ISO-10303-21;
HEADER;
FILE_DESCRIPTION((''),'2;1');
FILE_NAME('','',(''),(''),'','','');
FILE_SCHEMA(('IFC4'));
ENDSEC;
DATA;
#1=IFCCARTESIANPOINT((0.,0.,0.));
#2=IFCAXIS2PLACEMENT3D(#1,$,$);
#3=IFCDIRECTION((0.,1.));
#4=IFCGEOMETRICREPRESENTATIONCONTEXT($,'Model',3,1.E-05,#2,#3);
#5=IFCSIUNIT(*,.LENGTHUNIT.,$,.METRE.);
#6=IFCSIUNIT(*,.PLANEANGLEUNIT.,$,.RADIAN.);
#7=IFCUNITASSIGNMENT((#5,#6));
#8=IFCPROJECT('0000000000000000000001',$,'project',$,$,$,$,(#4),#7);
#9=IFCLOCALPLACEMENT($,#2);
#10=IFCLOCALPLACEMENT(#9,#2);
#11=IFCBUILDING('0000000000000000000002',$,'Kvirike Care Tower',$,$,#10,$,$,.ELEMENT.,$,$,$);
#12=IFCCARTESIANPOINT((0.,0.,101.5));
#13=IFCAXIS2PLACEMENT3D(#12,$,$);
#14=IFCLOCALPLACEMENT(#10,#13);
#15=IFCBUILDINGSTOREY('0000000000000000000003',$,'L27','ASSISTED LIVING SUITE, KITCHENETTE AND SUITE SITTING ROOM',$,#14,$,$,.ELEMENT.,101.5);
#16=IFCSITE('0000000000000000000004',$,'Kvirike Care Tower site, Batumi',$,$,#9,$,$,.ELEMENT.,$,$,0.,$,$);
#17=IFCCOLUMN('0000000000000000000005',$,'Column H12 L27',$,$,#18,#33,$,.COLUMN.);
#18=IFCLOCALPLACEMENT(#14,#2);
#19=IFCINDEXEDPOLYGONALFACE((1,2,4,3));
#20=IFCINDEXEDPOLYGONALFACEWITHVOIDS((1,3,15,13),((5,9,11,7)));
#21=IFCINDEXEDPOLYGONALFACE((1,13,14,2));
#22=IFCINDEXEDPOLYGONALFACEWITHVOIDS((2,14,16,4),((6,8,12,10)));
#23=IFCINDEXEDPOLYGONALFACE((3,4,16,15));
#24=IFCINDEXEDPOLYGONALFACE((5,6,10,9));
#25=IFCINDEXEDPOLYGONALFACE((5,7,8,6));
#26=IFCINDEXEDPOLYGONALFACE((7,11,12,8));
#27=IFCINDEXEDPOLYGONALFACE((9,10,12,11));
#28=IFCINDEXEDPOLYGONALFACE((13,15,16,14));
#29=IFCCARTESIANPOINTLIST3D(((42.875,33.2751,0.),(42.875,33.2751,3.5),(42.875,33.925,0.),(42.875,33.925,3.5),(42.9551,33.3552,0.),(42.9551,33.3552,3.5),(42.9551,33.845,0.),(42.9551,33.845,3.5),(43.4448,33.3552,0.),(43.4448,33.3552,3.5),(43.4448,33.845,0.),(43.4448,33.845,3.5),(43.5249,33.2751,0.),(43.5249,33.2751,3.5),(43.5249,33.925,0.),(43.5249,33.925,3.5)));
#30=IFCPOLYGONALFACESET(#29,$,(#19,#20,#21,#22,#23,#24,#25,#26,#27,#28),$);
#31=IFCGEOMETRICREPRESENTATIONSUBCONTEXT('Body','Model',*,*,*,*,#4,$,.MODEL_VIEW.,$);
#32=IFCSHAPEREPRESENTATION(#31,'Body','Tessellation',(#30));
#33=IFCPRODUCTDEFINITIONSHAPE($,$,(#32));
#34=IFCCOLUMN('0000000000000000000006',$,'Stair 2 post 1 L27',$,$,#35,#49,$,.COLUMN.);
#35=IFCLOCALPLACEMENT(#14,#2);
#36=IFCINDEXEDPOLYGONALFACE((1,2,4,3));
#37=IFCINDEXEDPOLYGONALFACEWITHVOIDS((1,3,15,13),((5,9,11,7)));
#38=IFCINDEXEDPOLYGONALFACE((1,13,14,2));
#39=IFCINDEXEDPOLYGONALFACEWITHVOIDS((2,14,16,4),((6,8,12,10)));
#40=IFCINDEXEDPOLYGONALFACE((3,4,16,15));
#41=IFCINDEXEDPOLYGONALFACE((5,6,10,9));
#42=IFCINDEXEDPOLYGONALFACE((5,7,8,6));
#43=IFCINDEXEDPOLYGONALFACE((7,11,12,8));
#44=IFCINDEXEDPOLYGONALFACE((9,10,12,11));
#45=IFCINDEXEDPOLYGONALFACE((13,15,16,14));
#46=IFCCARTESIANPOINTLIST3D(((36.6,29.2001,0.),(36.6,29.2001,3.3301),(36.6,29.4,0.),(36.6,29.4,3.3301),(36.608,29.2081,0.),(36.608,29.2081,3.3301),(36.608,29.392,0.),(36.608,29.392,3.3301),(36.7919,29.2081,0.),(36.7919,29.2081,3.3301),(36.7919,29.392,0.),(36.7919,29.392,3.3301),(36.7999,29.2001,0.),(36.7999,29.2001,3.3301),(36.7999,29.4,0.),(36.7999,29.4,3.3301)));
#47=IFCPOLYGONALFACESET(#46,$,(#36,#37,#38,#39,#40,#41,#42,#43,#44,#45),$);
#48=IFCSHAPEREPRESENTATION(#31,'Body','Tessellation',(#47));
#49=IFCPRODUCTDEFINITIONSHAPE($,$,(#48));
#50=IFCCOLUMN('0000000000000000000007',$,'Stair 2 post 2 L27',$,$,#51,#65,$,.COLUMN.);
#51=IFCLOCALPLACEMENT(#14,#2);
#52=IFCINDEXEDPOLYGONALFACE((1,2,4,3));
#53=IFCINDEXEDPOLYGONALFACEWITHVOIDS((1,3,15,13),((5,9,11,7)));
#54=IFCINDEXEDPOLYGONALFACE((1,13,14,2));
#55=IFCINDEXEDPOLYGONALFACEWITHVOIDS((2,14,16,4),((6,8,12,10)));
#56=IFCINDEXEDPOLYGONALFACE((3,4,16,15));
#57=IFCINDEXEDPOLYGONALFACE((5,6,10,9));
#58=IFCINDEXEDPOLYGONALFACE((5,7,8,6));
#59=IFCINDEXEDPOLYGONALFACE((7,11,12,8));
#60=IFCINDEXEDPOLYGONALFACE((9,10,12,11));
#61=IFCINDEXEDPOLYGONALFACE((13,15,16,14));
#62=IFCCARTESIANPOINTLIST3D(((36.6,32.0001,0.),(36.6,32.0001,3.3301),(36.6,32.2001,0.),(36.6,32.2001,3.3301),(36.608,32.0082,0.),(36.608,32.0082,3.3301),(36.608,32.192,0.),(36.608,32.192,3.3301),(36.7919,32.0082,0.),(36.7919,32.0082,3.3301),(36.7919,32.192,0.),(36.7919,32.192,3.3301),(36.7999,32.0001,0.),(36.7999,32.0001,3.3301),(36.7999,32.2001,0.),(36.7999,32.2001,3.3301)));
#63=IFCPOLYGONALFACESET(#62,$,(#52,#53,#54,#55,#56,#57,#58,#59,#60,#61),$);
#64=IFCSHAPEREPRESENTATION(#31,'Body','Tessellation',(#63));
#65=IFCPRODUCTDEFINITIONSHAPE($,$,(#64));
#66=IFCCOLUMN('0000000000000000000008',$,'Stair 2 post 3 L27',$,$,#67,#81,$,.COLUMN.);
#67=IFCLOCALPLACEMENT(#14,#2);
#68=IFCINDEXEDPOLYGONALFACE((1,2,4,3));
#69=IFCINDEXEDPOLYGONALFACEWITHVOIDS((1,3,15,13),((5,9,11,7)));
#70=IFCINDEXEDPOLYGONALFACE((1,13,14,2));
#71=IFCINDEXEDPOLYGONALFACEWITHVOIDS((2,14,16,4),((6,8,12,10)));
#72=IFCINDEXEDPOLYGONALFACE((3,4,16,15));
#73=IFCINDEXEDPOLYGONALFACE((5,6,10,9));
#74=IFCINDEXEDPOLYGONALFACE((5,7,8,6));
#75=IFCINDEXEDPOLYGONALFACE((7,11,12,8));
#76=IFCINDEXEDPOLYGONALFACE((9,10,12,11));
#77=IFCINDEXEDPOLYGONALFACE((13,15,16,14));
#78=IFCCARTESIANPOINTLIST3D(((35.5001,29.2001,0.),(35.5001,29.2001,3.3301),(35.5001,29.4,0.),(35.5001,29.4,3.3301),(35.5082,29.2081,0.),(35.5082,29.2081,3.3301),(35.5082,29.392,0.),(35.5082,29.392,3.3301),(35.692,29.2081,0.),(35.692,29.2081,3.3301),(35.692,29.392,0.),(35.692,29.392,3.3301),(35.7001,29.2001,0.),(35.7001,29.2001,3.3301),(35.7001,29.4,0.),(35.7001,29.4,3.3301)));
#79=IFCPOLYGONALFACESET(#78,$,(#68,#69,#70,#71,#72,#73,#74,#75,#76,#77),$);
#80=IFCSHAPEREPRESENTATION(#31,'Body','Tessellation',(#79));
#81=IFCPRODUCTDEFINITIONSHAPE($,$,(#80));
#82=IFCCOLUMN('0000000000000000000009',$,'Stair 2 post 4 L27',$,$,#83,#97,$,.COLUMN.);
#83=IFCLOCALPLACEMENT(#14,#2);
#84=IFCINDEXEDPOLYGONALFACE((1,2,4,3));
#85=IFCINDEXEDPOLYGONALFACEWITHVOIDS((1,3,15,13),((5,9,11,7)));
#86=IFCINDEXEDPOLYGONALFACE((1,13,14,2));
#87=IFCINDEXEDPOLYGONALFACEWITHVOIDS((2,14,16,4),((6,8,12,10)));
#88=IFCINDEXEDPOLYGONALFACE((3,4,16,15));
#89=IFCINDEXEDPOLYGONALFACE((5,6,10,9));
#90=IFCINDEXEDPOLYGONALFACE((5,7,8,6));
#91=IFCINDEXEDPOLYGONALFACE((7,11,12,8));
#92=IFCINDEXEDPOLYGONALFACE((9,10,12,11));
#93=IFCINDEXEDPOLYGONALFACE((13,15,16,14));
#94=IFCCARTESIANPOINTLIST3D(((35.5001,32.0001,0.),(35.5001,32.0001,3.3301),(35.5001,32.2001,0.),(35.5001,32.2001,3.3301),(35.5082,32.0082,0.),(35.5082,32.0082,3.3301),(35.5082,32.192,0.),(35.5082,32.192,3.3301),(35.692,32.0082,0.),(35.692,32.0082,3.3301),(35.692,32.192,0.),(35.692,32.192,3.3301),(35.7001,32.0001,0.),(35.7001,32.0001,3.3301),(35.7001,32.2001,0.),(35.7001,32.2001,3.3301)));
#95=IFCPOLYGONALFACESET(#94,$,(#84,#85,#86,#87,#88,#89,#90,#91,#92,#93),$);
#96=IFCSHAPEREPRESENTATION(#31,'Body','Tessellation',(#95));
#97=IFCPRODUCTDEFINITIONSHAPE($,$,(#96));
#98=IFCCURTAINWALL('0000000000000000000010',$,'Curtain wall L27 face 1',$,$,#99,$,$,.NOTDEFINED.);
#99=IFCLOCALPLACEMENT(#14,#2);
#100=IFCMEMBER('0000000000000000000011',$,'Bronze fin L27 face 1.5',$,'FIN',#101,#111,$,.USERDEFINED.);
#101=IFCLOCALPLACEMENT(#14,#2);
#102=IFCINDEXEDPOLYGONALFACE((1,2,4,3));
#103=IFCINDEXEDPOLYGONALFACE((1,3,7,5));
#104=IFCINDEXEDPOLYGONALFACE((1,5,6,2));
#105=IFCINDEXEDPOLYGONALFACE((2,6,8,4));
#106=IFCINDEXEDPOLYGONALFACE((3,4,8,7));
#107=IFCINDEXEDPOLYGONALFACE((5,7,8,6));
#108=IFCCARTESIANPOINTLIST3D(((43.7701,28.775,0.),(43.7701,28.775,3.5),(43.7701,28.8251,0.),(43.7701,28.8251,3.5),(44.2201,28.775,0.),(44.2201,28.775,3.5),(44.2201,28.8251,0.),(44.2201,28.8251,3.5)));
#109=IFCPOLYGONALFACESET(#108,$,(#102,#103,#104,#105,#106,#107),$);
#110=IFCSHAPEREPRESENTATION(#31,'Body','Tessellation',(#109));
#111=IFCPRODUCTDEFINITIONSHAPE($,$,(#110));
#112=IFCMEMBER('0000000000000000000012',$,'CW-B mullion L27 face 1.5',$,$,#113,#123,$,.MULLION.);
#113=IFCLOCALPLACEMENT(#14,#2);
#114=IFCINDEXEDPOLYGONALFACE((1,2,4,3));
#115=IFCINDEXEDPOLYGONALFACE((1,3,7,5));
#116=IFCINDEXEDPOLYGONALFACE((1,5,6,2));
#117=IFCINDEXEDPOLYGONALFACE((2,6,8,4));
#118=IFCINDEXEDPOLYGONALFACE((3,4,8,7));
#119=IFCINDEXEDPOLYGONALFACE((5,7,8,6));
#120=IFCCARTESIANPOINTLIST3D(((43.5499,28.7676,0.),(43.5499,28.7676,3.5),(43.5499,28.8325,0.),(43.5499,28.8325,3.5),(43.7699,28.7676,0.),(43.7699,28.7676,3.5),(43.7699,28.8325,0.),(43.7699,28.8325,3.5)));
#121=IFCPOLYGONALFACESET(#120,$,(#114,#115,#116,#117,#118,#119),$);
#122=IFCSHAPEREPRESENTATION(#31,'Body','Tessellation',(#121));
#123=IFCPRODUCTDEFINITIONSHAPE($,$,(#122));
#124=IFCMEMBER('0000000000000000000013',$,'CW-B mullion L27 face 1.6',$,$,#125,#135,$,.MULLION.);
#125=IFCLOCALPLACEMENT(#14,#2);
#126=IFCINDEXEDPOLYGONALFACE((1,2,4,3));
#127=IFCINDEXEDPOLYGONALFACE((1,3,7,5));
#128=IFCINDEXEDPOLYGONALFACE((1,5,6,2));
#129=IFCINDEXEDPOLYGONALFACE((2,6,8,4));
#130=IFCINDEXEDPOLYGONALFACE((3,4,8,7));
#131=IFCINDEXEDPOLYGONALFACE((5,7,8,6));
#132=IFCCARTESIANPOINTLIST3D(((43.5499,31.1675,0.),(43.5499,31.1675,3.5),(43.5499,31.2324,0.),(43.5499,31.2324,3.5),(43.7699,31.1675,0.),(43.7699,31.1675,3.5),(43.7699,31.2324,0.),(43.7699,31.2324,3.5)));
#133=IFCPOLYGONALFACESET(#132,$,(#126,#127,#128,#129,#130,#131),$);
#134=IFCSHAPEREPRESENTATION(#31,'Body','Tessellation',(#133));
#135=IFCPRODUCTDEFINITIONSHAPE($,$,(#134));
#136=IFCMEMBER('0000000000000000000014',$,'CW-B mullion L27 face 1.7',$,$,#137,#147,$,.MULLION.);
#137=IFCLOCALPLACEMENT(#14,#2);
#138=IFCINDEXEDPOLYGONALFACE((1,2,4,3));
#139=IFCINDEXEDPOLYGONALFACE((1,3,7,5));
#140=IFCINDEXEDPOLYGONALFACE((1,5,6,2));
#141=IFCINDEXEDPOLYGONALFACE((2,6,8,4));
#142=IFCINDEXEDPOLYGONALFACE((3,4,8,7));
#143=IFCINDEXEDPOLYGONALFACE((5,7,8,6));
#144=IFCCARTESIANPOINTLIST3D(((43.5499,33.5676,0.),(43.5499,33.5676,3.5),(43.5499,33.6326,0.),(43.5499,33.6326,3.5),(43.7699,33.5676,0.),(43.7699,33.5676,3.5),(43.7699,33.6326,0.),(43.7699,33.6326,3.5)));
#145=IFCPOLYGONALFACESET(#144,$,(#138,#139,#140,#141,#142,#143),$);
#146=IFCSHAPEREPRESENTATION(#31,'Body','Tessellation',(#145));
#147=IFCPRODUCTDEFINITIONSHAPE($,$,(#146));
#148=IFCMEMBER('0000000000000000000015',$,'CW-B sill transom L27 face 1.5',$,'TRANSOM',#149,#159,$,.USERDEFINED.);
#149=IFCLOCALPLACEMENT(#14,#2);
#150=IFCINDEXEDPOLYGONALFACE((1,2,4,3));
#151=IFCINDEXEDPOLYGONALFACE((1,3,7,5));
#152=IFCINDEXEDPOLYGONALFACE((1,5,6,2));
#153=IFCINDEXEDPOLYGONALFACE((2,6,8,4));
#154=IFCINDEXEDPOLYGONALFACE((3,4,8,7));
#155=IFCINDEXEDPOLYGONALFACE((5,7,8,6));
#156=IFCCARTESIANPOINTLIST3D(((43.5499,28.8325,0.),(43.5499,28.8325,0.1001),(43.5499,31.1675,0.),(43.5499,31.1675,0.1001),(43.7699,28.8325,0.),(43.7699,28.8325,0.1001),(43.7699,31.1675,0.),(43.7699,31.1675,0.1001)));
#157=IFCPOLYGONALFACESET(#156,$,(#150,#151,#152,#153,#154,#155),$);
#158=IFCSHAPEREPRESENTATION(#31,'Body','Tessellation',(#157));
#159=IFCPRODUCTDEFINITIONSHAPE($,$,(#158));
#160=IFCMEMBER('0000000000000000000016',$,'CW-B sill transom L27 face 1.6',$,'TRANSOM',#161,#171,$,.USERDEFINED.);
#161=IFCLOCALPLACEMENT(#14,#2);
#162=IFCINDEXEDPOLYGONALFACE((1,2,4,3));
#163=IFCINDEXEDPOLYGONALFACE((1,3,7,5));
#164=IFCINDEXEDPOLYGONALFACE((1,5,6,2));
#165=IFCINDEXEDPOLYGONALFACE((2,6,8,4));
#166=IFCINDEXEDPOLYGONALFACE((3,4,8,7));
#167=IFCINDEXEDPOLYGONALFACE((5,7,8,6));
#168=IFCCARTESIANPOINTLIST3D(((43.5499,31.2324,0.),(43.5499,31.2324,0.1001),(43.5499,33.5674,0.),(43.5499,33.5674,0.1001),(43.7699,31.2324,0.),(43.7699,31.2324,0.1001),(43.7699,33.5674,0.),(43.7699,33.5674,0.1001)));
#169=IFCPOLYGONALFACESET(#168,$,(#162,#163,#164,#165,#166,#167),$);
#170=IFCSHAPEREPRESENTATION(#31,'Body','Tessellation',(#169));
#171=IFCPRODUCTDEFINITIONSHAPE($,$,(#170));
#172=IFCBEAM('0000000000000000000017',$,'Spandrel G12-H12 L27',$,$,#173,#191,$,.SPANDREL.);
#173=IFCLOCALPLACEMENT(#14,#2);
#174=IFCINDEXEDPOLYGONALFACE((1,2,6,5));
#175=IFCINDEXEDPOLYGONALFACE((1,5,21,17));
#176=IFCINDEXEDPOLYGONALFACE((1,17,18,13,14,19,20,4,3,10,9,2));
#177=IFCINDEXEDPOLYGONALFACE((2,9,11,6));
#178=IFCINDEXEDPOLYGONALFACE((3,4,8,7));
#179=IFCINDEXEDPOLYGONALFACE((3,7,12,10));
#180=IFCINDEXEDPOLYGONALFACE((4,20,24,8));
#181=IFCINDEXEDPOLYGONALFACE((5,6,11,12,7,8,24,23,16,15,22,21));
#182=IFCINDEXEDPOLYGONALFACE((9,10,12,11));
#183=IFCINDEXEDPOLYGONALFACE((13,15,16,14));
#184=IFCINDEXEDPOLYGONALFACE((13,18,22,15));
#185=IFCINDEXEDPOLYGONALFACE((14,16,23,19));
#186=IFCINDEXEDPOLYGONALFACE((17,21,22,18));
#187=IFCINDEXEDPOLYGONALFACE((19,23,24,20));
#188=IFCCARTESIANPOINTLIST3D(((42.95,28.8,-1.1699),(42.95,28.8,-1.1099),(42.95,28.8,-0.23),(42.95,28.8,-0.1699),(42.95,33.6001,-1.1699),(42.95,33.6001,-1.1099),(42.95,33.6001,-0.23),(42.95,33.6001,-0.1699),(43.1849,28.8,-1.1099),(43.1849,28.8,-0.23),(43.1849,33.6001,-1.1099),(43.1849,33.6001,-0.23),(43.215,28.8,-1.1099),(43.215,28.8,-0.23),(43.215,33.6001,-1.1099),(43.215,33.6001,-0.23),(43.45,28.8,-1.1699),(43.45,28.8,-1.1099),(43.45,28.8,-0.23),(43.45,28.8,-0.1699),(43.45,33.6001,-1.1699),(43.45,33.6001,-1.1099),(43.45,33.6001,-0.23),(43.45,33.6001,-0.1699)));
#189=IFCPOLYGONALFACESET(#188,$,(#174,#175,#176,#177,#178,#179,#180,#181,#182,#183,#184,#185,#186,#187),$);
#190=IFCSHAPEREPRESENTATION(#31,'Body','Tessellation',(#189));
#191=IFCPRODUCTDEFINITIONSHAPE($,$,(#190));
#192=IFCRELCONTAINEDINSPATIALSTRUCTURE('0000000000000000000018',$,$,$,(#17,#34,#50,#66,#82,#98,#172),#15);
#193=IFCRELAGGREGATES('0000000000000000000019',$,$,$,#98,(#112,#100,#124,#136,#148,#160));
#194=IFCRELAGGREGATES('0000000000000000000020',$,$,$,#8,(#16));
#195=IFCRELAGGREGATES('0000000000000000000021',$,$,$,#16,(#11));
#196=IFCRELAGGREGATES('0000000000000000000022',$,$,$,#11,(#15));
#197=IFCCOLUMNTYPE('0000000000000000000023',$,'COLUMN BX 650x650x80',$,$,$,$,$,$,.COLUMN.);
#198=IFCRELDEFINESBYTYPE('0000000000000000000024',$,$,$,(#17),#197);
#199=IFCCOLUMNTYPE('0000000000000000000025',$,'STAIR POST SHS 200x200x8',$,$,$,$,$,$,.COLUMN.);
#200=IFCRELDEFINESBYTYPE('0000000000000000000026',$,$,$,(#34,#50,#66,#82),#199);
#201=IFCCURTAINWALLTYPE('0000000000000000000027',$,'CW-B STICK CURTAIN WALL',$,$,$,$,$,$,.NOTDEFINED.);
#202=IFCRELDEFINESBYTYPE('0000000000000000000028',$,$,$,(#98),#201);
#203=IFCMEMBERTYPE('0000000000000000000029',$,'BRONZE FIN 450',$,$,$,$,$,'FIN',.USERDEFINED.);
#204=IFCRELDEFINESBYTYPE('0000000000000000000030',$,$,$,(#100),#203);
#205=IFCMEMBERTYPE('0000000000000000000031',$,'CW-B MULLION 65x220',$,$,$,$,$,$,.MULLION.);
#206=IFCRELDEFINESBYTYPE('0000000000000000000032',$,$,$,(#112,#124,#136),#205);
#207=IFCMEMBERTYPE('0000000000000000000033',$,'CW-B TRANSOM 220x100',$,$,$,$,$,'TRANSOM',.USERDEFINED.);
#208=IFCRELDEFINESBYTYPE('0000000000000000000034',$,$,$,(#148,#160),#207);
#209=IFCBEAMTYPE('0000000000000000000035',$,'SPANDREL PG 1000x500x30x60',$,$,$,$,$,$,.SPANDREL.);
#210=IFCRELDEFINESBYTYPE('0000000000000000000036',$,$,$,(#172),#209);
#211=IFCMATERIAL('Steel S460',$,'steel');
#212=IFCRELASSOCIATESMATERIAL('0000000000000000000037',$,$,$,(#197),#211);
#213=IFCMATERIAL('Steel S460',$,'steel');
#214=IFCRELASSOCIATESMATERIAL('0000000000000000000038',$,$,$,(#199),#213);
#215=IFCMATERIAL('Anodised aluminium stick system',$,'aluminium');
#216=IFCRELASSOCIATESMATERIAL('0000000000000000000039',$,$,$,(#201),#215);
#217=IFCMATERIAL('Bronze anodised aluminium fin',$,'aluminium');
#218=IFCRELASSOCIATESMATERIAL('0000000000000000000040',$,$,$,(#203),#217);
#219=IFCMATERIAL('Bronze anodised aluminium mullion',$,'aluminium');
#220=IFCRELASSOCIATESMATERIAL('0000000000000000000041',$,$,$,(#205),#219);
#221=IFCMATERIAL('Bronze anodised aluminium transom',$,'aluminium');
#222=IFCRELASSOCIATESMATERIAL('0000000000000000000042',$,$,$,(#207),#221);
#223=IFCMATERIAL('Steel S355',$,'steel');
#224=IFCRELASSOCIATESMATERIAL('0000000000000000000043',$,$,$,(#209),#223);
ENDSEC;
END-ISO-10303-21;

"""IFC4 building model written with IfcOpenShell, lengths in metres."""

from ifc_helpers import new_model, si_unit, direction, frame, origin, origin_2d, place, context, subcontext, project, spatial, rectangle, hollow_rectangle, i_section, extrude, material, material_profile, profile_set, type_object, element, aggregate, save


model = new_model("IFC4")

# Units and contexts
model_context = context("Model", 3, precision=1e-05, world=origin(), true_north=direction((0.0, 1.0)))
body_context = subcontext(model_context, "Body", "Model", "MODEL_VIEW")
ifc_project = project(units=[si_unit("LENGTHUNIT", "METRE"), si_unit("PLANEANGLEUNIT", "RADIAN")], contexts=[model_context])

# Site, building, storey
site_placement = place(None, origin())
site = spatial("IfcSite", under=ifc_project, at=site_placement, Name="Kvirike Care Tower site, Batumi", CompositionType="ELEMENT", RefElevation=0.0)
building_placement = place(site_placement, origin())
building = spatial("IfcBuilding", under=site, at=building_placement, Name="Kvirike Care Tower", CompositionType="ELEMENT")
storey_placement = place(building_placement, frame((0.0, 0.0, 101.5)))
storey = spatial("IfcBuildingStorey", under=building, at=storey_placement, Name="L27", Description="ASSISTED LIVING SUITE, KITCHENETTE AND SUITE SITTING ROOM", CompositionType="ELEMENT", Elevation=101.5)

# Columns
ifc_material_1 = material(Name="Steel S460", Category="steel")
ifc_material_profile_1 = material_profile(ifc_material_1, hollow_rectangle(XDim=0.6499, YDim=0.6499, WallThickness=0.0801, at=origin_2d()), Name="BX 650x650x80")
ifc_profile_set_1 = profile_set([ifc_material_profile_1], Name="Steel S460")
column_type_1 = type_object("IfcColumnType", Name="COLUMN BX 650x650x80", PredefinedType="COLUMN", material=ifc_profile_set_1)
column_placement = place(storey_placement, frame((43.2, 33.6001, 0.0), z_axis=(0.0, 0.0, 1.0), x_axis=(1.0, 0.0, 0.0)))
element("IfcColumn", 1, at=column_placement, inside=storey, type_object=column_type_1, Name="Column H12 L27", PredefinedType="COLUMN", context=body_context, shape_type="SweptSolid", body=[
    extrude(hollow_rectangle(XDim=0.6499, YDim=0.6499, WallThickness=0.0801, at=origin_2d()), origin(), (0.0, 0.0, 1.0), 3.5),
])
ifc_material_2 = material(Name="Steel S460", Category="steel")
ifc_material_profile_2 = material_profile(ifc_material_2, hollow_rectangle(XDim=0.2, YDim=0.2, WallThickness=0.0081, at=origin_2d()), Name="SHS 200x200x8")
ifc_profile_set_2 = profile_set([ifc_material_profile_2], Name="Steel S460")
column_type_2 = type_object("IfcColumnType", Name="STAIR POST SHS 200x200x8", PredefinedType="COLUMN", material=ifc_profile_set_2)
for number, where, z_axis, x_axis, name in (
    (2, (36.7, 29.3, 0.0), (0.0, 0.0, 1.0), (1.0, 0.0, 0.0), "Stair 2 post 1 L27"),
    (3, (36.7, 32.1001, 0.0), (0.0, 0.0, 1.0), (1.0, 0.0, 0.0), "Stair 2 post 2 L27"),
    (4, (35.6001, 29.3, 0.0), (0.0, 0.0, 1.0), (1.0, 0.0, 0.0), "Stair 2 post 3 L27"),
    (5, (35.6001, 32.1001, 0.0), (0.0, 0.0, 1.0), (1.0, 0.0, 0.0), "Stair 2 post 4 L27"),
):
    element("IfcColumn", number, at=place(storey_placement, frame(where, z_axis=z_axis, x_axis=x_axis)), inside=storey, type_object=column_type_2, Name=name, PredefinedType="COLUMN", context=body_context, shape_type="SweptSolid", body=[
        extrude(hollow_rectangle(XDim=0.2, YDim=0.2, WallThickness=0.0081, at=origin_2d()), origin(), (0.0, 0.0, 1.0), 3.3301),
    ])

# Curtain wall, members
ifc_material_3 = material(Name="Anodised aluminium stick system", Category="aluminium")
curtain_wall_type = type_object("IfcCurtainWallType", Name="CW-B STICK CURTAIN WALL", PredefinedType="NOTDEFINED", material=ifc_material_3)
curtain_wall_placement = place(storey_placement, origin())
curtain_wall = element("IfcCurtainWall", 6, at=curtain_wall_placement, inside=storey, type_object=curtain_wall_type, Name="Curtain wall L27 face 1", PredefinedType="NOTDEFINED")
ifc_material_4 = material(Name="Bronze anodised aluminium fin", Category="aluminium")
ifc_material_profile_3 = material_profile(ifc_material_4, rectangle(XDim=0.05, YDim=0.45, at=origin_2d()), Name="BRONZE FIN 450")
ifc_profile_set_3 = profile_set([ifc_material_profile_3], Name="Bronze anodised aluminium fin")
member_type_1 = type_object("IfcMemberType", Name="BRONZE FIN 450", ElementType="FIN", PredefinedType="USERDEFINED", material=ifc_profile_set_3)
member_1_placement = place(storey_placement, frame((43.9951, 28.8, 0.0), z_axis=(0.0, 0.0, 1.0), x_axis=(0.0, 1.0, 0.0)))
member_1 = element("IfcMember", 7, at=member_1_placement, type_object=member_type_1, Name="Bronze fin L27 face 1.5", ObjectType="FIN", PredefinedType="USERDEFINED", context=body_context, shape_type="SweptSolid", body=[
    extrude(rectangle(XDim=0.05, YDim=0.45, at=origin_2d()), origin(), (0.0, 0.0, 1.0), 3.5),
])
ifc_material_5 = material(Name="Bronze anodised aluminium mullion", Category="aluminium")
ifc_material_profile_4 = material_profile(ifc_material_5, rectangle(XDim=0.0649, YDim=0.22, at=origin_2d()), Name="CW-B MULLION 65x220")
ifc_profile_set_4 = profile_set([ifc_material_profile_4], Name="Bronze anodised aluminium mullion")
member_type_2 = type_object("IfcMemberType", Name="CW-B MULLION 65x220", PredefinedType="MULLION", material=ifc_profile_set_4)
member_2_placement = place(storey_placement, frame((43.6599, 28.8, 0.0), z_axis=(0.0, 0.0, 1.0), x_axis=(0.0, 1.0, 0.0)))
member_2 = element("IfcMember", 8, at=member_2_placement, type_object=member_type_2, Name="CW-B mullion L27 face 1.5", PredefinedType="MULLION", context=body_context, shape_type="SweptSolid", body=[
    extrude(rectangle(XDim=0.0649, YDim=0.22, at=origin_2d()), origin(), (0.0, 0.0, 1.0), 3.5),
])
member_3_placement = place(storey_placement, frame((43.6599, 31.2, 0.0), z_axis=(0.0, 0.0, 1.0), x_axis=(0.0, 1.0, 0.0)))
member_3 = element("IfcMember", 9, at=member_3_placement, type_object=member_type_2, Name="CW-B mullion L27 face 1.6", PredefinedType="MULLION", context=body_context, shape_type="SweptSolid", body=[
    extrude(rectangle(XDim=0.0649, YDim=0.22, at=origin_2d()), origin(), (0.0, 0.0, 1.0), 3.5),
])
member_4_placement = place(storey_placement, frame((43.6599, 33.6001, 0.0), z_axis=(0.0, 0.0, 1.0), x_axis=(0.0, 1.0, 0.0)))
member_4 = element("IfcMember", 10, at=member_4_placement, type_object=member_type_2, Name="CW-B mullion L27 face 1.7", PredefinedType="MULLION", context=body_context, shape_type="SweptSolid", body=[
    extrude(rectangle(XDim=0.0649, YDim=0.22, at=origin_2d()), origin(), (0.0, 0.0, 1.0), 3.5),
])
ifc_material_6 = material(Name="Bronze anodised aluminium transom", Category="aluminium")
ifc_material_profile_5 = material_profile(ifc_material_6, rectangle(XDim=0.22, YDim=0.1001, at=origin_2d()), Name="CW-B TRANSOM 220x100")
ifc_profile_set_5 = profile_set([ifc_material_profile_5], Name="Bronze anodised aluminium transom")
member_type_3 = type_object("IfcMemberType", Name="CW-B TRANSOM 220x100", ElementType="TRANSOM", PredefinedType="USERDEFINED", material=ifc_profile_set_5)
member_5_placement = place(storey_placement, frame((43.6599, 28.8325, 0.05), z_axis=(0.0, 1.0, 0.0), x_axis=(-1.0, 0.0, 0.0)))
member_5 = element("IfcMember", 11, at=member_5_placement, type_object=member_type_3, Name="CW-B sill transom L27 face 1.5", ObjectType="TRANSOM", PredefinedType="USERDEFINED", context=body_context, shape_type="SweptSolid", body=[
    extrude(rectangle(XDim=0.22, YDim=0.1001, at=origin_2d()), origin(), (0.0, 0.0, 1.0), 2.335),
])
member_6_placement = place(storey_placement, frame((43.6599, 31.2324, 0.05), z_axis=(0.0, 1.0, 0.0), x_axis=(-1.0, 0.0, 0.0)))
member_6 = element("IfcMember", 12, at=member_6_placement, type_object=member_type_3, Name="CW-B sill transom L27 face 1.6", ObjectType="TRANSOM", PredefinedType="USERDEFINED", context=body_context, shape_type="SweptSolid", body=[
    extrude(rectangle(XDim=0.22, YDim=0.1001, at=origin_2d()), origin(), (0.0, 0.0, 1.0), 2.335),
])

# Beam
ifc_material_7 = material(Name="Steel S355", Category="steel")
ifc_material_profile_6 = material_profile(ifc_material_7, i_section(OverallWidth=0.5, OverallDepth=1.0, WebThickness=0.03, FlangeThickness=0.0601, at=origin_2d()), Name="PG 1000x500x30x60")
ifc_profile_set_6 = profile_set([ifc_material_profile_6], Name="Steel S355")
beam_type_1 = type_object("IfcBeamType", Name="SPANDREL PG 1000x500x30x60", PredefinedType="SPANDREL", material=ifc_profile_set_6)
beam_1_placement = place(storey_placement, frame((43.2, 28.8, -0.6699), z_axis=(0.0, 1.0, 0.0), x_axis=(-1.0, 0.0, 0.0)))
element("IfcBeam", 13, at=beam_1_placement, inside=storey, type_object=beam_type_1, Name="Spandrel G12-H12 L27", PredefinedType="SPANDREL", context=body_context, shape_type="SweptSolid", body=[
    extrude(i_section(OverallWidth=0.5, OverallDepth=1.0, WebThickness=0.03, FlangeThickness=0.0601, at=origin_2d()), origin(), (0.0, 0.0, 1.0), 4.8),
])

aggregate(curtain_wall, [member_2, member_1, member_3, member_4, member_5, member_6])

save(model, "model.ifc")
